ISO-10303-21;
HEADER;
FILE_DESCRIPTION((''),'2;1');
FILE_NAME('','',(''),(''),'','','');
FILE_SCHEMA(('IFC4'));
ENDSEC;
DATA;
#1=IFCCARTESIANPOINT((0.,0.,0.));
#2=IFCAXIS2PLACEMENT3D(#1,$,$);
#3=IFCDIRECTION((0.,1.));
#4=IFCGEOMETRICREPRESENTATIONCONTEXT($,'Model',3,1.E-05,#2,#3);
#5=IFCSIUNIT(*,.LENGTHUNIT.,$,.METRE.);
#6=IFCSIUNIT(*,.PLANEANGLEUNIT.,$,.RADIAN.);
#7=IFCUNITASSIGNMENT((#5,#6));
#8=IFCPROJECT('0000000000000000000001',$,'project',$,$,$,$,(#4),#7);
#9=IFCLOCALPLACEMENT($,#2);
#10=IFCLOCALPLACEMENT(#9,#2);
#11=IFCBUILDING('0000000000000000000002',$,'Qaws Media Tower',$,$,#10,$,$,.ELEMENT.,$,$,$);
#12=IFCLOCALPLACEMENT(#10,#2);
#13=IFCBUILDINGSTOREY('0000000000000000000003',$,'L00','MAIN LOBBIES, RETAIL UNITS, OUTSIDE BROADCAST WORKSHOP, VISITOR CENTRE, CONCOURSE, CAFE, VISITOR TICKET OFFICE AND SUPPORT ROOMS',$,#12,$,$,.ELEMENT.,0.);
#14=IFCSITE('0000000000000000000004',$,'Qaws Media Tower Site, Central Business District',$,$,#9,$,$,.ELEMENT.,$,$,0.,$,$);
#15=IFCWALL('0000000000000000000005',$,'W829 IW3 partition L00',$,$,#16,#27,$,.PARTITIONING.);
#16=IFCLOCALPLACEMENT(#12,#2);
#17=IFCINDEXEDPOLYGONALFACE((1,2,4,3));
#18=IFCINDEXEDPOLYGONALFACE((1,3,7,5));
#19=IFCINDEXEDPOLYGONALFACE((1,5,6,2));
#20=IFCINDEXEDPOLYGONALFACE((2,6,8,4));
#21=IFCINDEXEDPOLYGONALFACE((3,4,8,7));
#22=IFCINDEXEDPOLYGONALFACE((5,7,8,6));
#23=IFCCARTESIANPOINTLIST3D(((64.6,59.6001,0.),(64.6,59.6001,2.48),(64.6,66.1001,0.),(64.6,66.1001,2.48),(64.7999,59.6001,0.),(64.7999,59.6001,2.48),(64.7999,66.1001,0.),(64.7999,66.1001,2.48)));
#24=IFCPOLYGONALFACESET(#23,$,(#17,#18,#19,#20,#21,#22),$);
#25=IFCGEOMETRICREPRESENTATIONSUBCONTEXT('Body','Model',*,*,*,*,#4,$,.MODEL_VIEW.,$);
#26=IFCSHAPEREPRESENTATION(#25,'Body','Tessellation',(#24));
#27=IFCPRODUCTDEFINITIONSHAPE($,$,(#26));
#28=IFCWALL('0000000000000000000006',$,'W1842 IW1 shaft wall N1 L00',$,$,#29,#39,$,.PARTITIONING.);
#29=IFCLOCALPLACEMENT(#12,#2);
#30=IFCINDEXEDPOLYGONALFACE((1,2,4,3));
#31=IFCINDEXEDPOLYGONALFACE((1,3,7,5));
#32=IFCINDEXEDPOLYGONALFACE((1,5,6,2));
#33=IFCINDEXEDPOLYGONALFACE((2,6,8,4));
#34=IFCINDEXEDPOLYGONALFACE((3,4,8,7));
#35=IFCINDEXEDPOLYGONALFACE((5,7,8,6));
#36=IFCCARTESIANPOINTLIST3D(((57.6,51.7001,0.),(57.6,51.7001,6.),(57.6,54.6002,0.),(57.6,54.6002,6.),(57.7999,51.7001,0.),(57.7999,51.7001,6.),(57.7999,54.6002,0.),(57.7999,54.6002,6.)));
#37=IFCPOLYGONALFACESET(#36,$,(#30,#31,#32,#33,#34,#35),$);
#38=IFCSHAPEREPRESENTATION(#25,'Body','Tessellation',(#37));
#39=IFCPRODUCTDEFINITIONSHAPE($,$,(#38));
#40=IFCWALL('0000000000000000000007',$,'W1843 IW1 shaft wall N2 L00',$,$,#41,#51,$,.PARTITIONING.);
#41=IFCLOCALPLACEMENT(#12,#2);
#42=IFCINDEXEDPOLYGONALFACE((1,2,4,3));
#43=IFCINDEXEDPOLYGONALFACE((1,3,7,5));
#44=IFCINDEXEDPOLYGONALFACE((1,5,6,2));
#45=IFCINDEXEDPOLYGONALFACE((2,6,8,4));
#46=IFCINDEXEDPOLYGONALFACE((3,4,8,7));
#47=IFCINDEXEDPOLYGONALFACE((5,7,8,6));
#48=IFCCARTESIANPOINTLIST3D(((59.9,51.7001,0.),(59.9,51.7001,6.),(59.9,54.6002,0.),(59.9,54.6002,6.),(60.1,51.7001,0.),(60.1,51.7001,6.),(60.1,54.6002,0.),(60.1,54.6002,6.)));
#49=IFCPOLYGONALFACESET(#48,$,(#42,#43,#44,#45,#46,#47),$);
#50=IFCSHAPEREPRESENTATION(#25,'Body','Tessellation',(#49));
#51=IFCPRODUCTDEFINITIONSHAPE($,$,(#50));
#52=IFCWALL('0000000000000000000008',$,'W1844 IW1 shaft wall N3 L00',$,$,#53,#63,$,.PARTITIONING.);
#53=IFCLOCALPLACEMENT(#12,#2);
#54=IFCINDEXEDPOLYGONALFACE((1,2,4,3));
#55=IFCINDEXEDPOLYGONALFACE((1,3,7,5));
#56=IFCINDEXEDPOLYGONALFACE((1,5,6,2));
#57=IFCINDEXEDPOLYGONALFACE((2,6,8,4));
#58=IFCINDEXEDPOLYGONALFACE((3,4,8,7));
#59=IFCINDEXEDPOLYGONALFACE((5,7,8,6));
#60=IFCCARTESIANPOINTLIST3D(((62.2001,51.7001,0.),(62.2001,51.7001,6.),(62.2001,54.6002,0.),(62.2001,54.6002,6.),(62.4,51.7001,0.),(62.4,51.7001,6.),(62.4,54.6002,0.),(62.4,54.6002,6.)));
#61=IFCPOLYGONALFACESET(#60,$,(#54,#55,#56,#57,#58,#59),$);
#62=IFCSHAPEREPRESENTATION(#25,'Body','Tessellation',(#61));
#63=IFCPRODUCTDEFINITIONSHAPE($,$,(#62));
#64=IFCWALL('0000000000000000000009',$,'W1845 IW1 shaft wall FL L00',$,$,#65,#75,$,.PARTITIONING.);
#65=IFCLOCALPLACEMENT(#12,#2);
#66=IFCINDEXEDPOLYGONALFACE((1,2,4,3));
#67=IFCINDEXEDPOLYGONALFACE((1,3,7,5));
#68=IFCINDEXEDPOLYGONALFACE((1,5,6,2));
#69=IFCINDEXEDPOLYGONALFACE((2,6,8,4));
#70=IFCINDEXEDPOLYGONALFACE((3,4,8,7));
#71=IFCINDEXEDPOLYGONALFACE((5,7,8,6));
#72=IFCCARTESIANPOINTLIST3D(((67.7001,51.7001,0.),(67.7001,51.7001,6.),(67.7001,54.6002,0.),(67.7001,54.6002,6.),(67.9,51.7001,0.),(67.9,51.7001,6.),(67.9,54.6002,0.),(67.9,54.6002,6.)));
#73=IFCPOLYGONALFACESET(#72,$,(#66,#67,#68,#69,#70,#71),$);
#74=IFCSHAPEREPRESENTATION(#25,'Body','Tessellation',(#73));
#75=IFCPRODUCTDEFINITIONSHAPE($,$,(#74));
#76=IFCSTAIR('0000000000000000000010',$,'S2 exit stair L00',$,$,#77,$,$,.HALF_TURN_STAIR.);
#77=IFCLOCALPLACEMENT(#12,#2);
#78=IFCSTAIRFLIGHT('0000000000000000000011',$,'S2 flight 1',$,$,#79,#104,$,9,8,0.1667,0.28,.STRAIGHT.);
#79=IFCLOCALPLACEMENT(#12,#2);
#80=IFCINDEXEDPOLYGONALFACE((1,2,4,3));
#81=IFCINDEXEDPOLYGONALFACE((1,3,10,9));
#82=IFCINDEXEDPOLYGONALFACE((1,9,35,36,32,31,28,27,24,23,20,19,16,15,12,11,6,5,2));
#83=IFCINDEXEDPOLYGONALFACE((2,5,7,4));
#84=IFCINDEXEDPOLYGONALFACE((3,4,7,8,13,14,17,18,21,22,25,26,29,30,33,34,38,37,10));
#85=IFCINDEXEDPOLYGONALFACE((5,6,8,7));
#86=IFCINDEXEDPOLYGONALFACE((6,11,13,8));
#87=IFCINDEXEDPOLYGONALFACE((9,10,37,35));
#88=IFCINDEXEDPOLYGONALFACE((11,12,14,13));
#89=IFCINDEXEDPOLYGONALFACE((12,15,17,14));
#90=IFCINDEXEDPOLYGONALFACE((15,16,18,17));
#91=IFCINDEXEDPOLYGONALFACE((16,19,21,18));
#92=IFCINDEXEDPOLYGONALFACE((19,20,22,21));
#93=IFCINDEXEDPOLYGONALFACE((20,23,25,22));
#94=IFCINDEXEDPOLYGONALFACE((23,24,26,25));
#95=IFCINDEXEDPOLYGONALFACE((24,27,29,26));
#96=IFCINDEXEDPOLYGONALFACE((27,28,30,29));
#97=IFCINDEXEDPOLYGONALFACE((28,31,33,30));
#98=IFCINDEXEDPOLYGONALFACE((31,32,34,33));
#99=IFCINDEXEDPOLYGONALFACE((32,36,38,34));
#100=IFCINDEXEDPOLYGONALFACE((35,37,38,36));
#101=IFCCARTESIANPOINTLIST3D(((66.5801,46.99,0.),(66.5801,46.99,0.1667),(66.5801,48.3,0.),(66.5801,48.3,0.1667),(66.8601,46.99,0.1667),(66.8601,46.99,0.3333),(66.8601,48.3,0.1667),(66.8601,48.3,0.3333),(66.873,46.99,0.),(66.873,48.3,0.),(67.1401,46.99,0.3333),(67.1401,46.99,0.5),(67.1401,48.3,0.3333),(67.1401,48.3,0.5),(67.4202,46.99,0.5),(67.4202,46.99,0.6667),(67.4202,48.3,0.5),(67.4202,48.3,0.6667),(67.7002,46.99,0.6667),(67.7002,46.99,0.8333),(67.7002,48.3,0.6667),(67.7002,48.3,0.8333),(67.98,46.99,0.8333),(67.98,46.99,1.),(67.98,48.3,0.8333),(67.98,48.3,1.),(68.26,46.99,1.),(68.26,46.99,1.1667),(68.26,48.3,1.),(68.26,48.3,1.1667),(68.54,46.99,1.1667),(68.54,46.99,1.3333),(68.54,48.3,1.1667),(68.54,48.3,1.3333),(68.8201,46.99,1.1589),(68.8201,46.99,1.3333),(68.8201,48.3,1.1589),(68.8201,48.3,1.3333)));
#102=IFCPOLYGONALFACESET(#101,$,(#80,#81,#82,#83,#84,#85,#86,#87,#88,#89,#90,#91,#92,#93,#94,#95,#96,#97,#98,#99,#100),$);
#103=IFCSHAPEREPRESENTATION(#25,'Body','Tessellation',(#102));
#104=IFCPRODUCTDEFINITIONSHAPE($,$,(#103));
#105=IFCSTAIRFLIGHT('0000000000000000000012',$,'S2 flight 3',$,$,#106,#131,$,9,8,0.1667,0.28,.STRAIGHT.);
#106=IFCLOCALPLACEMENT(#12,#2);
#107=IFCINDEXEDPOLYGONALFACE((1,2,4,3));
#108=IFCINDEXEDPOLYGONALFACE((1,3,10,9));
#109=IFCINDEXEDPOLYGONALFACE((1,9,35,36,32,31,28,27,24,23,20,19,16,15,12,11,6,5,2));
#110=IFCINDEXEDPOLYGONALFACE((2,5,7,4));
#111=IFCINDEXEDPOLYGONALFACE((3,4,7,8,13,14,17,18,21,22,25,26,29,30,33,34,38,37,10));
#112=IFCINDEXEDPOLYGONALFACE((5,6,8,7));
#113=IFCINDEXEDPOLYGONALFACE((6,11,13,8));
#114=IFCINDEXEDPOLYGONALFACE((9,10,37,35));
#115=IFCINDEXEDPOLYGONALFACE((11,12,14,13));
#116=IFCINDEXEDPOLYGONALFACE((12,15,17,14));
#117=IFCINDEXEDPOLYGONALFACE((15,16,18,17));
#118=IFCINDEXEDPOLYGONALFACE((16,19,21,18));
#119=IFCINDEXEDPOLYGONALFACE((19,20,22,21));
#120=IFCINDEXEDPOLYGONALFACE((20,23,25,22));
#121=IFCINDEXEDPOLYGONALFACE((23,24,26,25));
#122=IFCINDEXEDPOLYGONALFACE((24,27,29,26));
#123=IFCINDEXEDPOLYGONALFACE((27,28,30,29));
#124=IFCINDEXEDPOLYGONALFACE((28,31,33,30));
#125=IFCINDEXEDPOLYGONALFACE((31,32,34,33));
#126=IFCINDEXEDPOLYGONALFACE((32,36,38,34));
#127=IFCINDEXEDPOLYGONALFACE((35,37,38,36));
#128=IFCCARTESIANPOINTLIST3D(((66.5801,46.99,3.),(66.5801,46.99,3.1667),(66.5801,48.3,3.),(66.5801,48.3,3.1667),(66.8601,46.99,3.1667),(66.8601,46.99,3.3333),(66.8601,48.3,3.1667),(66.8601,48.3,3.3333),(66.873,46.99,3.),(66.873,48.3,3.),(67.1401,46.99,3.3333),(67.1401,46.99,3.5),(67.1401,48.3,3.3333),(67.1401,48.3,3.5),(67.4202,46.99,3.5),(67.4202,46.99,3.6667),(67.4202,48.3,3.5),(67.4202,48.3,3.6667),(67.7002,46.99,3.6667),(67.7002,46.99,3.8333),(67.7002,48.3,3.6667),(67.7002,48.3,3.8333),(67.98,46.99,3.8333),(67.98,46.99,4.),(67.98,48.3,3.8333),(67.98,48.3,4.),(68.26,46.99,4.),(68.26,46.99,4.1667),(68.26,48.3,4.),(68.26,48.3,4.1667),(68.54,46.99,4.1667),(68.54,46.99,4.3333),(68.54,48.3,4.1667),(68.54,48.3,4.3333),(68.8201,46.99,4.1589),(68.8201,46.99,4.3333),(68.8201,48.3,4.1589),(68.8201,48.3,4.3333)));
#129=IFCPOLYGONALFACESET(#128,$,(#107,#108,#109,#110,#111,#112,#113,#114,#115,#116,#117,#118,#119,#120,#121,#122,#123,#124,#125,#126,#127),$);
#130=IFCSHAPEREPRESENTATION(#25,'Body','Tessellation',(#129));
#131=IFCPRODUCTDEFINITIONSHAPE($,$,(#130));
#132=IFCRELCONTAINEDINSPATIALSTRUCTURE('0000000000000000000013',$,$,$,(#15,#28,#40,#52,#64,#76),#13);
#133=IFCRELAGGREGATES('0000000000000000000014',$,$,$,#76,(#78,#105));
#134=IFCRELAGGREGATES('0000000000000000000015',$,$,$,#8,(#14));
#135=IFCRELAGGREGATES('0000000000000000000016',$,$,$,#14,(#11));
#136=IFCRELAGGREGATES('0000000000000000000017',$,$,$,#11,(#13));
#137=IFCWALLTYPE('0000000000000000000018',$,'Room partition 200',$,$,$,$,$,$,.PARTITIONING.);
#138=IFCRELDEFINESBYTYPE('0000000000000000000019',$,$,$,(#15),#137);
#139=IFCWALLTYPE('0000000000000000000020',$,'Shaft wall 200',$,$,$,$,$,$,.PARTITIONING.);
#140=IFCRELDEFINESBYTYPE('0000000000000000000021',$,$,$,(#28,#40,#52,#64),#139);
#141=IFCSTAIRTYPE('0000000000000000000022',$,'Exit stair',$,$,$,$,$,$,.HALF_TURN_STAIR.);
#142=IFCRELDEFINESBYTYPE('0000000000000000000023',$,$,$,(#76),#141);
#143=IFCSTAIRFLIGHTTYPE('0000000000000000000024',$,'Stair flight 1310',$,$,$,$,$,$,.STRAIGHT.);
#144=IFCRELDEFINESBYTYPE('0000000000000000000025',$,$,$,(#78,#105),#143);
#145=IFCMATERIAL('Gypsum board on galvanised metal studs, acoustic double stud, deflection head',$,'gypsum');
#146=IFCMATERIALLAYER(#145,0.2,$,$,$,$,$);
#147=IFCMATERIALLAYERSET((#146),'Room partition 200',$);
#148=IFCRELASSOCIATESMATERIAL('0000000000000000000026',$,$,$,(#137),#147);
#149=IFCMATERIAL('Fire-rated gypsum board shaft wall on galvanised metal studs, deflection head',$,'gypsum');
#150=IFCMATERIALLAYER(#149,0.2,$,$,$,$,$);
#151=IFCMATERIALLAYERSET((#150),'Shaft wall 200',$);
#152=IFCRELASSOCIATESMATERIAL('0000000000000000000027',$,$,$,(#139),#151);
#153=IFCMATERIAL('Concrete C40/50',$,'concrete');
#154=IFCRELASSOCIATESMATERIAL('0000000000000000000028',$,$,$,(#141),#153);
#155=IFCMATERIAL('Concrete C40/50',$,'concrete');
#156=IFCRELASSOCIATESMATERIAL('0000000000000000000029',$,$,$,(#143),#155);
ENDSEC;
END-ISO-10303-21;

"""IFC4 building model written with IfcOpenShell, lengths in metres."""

from ifc_helpers import new_model, si_unit, direction, frame, frame_2d, origin, place, context, subcontext, project, spatial, polyline, rectangle, outline, extrude, material, layer, layer_set, type_object, element, aggregate, save


model = new_model("IFC4")

# Units and contexts
model_context = context("Model", 3, precision=1e-05, world=origin(), true_north=direction((0.0, 1.0)))
body_context = subcontext(model_context, "Body", "Model", "MODEL_VIEW")
ifc_project = project(units=[si_unit("LENGTHUNIT", "METRE"), si_unit("PLANEANGLEUNIT", "RADIAN")], contexts=[model_context])

# Site, building, storey
site_placement = place(None, origin())
site = spatial("IfcSite", under=ifc_project, at=site_placement, Name="Qaws Media Tower Site, Central Business District", CompositionType="ELEMENT", RefElevation=0.0)
building_placement = place(site_placement, origin())
building = spatial("IfcBuilding", under=site, at=building_placement, Name="Qaws Media Tower", CompositionType="ELEMENT")
storey_placement = place(building_placement, origin())
storey = spatial("IfcBuildingStorey", under=building, at=storey_placement, Name="L00", Description="MAIN LOBBIES, RETAIL UNITS, OUTSIDE BROADCAST WORKSHOP, VISITOR CENTRE, CONCOURSE, CAFE, VISITOR TICKET OFFICE AND SUPPORT ROOMS", CompositionType="ELEMENT", Elevation=0.0)

# Walls
ifc_material_1 = material(Name="Gypsum board on galvanised metal studs, acoustic double stud, deflection head", Category="gypsum")
ifc_layer_1 = layer(ifc_material_1, 0.2)
ifc_layer_set_1 = layer_set([ifc_layer_1], Name="Room partition 200")
wall_type_1 = type_object("IfcWallType", Name="Room partition 200", PredefinedType="PARTITIONING", material=ifc_layer_set_1)
wall_1_placement = place(storey_placement, frame((64.7, 59.6001, 0.0), z_axis=(0.0, 0.0, 1.0), x_axis=(0.0, 1.0, 0.0)))
element("IfcWall", 1, at=wall_1_placement, inside=storey, type_object=wall_type_1, Name="W829 IW3 partition L00", PredefinedType="PARTITIONING", context=body_context, shape_type="SweptSolid", body=[
    extrude(rectangle(XDim=6.5, YDim=0.2, at=frame_2d((3.25, 0.0))), origin(), (0.0, 0.0, 1.0), 2.48),
])
ifc_material_2 = material(Name="Fire-rated gypsum board shaft wall on galvanised metal studs, deflection head", Category="gypsum")
ifc_layer_2 = layer(ifc_material_2, 0.2)
ifc_layer_set_2 = layer_set([ifc_layer_2], Name="Shaft wall 200")
wall_type_2 = type_object("IfcWallType", Name="Shaft wall 200", PredefinedType="PARTITIONING", material=ifc_layer_set_2)
for number, where, z_axis, x_axis, name in (
    (2, (57.7, 51.7, 0.0), (0.0, 0.0, 1.0), (0.0, 1.0, 0.0), "W1842 IW1 shaft wall N1 L00"),
    (3, (60.0, 51.7, 0.0), (0.0, 0.0, 1.0), (0.0, 1.0, 0.0), "W1843 IW1 shaft wall N2 L00"),
    (4, (62.3, 51.7, 0.0), (0.0, 0.0, 1.0), (0.0, 1.0, 0.0), "W1844 IW1 shaft wall N3 L00"),
    (5, (67.8, 51.7, 0.0), (0.0, 0.0, 1.0), (0.0, 1.0, 0.0), "W1845 IW1 shaft wall FL L00"),
):
    element("IfcWall", number, at=place(storey_placement, frame(where, z_axis=z_axis, x_axis=x_axis)), inside=storey, type_object=wall_type_2, Name=name, PredefinedType="PARTITIONING", context=body_context, shape_type="SweptSolid", body=[
        extrude(rectangle(XDim=2.9001, YDim=0.2, at=frame_2d((1.4502, 0.0))), origin(), (0.0, 0.0, 1.0), 6.0),
    ])

# Stair, stair flights
ifc_material_3 = material(Name="Concrete C40/50", Category="concrete")
stair_type = type_object("IfcStairType", Name="Exit stair", PredefinedType="HALF_TURN_STAIR", material=ifc_material_3)
stair_placement = place(storey_placement, origin())
stair = element("IfcStair", 6, at=stair_placement, inside=storey, type_object=stair_type, Name="S2 exit stair L00", PredefinedType="HALF_TURN_STAIR")
ifc_material_4 = material(Name="Concrete C40/50", Category="concrete")
stair_flight_type = type_object("IfcStairFlightType", Name="Stair flight 1310", PredefinedType="STRAIGHT", material=ifc_material_4)
stair_flight_1_placement = place(storey_placement, frame((66.5801, 47.645, 0.0), z_axis=(0.0, 0.0, 1.0), x_axis=(1.0, 0.0, 0.0)))
stair_flight_1 = element("IfcStairFlight", 7, at=stair_flight_1_placement, type_object=stair_flight_type, Name="S2 flight 1", NumberOfRisers=9, NumberOfTreads=8, PredefinedType="STRAIGHT", RiserHeight=0.1667, TreadLength=0.28, context=body_context, shape_type="SweptSolid", body=[
    extrude(outline(polyline([(0.0, 0.0), (0.0, 0.1667), (0.28, 0.1667), (0.28, 0.3333), (0.5601, 0.3333), (0.5601, 0.5), (0.8401, 0.5), (0.8401, 0.6667), (1.1201, 0.6667), (1.1201, 0.8333), (1.3999, 0.8333), (1.3999, 1.0), (1.6799, 1.0), (1.6799, 1.1667), (1.96, 1.1667), (1.96, 1.3333), (2.24, 1.3333), (2.24, 1.5), (2.24, 1.1589), (0.293, 0.0), (0.0, 0.0)])), frame((0.0, 0.655, 0.0), z_axis=(0.0, -1.0, 0.0), x_axis=(1.0, 0.0, 0.0)), (0.0, 0.0, 1.0), 1.3101),
])
stair_flight_2_placement = place(storey_placement, frame((66.5801, 47.645, 3.0), z_axis=(0.0, 0.0, 1.0), x_axis=(1.0, 0.0, 0.0)))
stair_flight_2 = element("IfcStairFlight", 8, at=stair_flight_2_placement, type_object=stair_flight_type, Name="S2 flight 3", NumberOfRisers=9, NumberOfTreads=8, PredefinedType="STRAIGHT", RiserHeight=0.1667, TreadLength=0.28, context=body_context, shape_type="SweptSolid", body=[
    extrude(outline(polyline([(0.0, 0.0), (0.0, 0.1667), (0.28, 0.1667), (0.28, 0.3333), (0.5601, 0.3333), (0.5601, 0.5), (0.8401, 0.5), (0.8401, 0.6667), (1.1201, 0.6667), (1.1201, 0.8333), (1.3999, 0.8333), (1.3999, 1.0), (1.6799, 1.0), (1.6799, 1.1667), (1.96, 1.1667), (1.96, 1.3333), (2.24, 1.3333), (2.24, 1.5), (2.24, 1.1589), (0.293, 0.0), (0.0, 0.0)])), frame((0.0, 0.655, 0.0), z_axis=(0.0, -1.0, 0.0), x_axis=(1.0, 0.0, 0.0)), (0.0, 0.0, 1.0), 1.3101),
])
aggregate(stair, [stair_flight_1, stair_flight_2])

save(model, "model.ifc")
